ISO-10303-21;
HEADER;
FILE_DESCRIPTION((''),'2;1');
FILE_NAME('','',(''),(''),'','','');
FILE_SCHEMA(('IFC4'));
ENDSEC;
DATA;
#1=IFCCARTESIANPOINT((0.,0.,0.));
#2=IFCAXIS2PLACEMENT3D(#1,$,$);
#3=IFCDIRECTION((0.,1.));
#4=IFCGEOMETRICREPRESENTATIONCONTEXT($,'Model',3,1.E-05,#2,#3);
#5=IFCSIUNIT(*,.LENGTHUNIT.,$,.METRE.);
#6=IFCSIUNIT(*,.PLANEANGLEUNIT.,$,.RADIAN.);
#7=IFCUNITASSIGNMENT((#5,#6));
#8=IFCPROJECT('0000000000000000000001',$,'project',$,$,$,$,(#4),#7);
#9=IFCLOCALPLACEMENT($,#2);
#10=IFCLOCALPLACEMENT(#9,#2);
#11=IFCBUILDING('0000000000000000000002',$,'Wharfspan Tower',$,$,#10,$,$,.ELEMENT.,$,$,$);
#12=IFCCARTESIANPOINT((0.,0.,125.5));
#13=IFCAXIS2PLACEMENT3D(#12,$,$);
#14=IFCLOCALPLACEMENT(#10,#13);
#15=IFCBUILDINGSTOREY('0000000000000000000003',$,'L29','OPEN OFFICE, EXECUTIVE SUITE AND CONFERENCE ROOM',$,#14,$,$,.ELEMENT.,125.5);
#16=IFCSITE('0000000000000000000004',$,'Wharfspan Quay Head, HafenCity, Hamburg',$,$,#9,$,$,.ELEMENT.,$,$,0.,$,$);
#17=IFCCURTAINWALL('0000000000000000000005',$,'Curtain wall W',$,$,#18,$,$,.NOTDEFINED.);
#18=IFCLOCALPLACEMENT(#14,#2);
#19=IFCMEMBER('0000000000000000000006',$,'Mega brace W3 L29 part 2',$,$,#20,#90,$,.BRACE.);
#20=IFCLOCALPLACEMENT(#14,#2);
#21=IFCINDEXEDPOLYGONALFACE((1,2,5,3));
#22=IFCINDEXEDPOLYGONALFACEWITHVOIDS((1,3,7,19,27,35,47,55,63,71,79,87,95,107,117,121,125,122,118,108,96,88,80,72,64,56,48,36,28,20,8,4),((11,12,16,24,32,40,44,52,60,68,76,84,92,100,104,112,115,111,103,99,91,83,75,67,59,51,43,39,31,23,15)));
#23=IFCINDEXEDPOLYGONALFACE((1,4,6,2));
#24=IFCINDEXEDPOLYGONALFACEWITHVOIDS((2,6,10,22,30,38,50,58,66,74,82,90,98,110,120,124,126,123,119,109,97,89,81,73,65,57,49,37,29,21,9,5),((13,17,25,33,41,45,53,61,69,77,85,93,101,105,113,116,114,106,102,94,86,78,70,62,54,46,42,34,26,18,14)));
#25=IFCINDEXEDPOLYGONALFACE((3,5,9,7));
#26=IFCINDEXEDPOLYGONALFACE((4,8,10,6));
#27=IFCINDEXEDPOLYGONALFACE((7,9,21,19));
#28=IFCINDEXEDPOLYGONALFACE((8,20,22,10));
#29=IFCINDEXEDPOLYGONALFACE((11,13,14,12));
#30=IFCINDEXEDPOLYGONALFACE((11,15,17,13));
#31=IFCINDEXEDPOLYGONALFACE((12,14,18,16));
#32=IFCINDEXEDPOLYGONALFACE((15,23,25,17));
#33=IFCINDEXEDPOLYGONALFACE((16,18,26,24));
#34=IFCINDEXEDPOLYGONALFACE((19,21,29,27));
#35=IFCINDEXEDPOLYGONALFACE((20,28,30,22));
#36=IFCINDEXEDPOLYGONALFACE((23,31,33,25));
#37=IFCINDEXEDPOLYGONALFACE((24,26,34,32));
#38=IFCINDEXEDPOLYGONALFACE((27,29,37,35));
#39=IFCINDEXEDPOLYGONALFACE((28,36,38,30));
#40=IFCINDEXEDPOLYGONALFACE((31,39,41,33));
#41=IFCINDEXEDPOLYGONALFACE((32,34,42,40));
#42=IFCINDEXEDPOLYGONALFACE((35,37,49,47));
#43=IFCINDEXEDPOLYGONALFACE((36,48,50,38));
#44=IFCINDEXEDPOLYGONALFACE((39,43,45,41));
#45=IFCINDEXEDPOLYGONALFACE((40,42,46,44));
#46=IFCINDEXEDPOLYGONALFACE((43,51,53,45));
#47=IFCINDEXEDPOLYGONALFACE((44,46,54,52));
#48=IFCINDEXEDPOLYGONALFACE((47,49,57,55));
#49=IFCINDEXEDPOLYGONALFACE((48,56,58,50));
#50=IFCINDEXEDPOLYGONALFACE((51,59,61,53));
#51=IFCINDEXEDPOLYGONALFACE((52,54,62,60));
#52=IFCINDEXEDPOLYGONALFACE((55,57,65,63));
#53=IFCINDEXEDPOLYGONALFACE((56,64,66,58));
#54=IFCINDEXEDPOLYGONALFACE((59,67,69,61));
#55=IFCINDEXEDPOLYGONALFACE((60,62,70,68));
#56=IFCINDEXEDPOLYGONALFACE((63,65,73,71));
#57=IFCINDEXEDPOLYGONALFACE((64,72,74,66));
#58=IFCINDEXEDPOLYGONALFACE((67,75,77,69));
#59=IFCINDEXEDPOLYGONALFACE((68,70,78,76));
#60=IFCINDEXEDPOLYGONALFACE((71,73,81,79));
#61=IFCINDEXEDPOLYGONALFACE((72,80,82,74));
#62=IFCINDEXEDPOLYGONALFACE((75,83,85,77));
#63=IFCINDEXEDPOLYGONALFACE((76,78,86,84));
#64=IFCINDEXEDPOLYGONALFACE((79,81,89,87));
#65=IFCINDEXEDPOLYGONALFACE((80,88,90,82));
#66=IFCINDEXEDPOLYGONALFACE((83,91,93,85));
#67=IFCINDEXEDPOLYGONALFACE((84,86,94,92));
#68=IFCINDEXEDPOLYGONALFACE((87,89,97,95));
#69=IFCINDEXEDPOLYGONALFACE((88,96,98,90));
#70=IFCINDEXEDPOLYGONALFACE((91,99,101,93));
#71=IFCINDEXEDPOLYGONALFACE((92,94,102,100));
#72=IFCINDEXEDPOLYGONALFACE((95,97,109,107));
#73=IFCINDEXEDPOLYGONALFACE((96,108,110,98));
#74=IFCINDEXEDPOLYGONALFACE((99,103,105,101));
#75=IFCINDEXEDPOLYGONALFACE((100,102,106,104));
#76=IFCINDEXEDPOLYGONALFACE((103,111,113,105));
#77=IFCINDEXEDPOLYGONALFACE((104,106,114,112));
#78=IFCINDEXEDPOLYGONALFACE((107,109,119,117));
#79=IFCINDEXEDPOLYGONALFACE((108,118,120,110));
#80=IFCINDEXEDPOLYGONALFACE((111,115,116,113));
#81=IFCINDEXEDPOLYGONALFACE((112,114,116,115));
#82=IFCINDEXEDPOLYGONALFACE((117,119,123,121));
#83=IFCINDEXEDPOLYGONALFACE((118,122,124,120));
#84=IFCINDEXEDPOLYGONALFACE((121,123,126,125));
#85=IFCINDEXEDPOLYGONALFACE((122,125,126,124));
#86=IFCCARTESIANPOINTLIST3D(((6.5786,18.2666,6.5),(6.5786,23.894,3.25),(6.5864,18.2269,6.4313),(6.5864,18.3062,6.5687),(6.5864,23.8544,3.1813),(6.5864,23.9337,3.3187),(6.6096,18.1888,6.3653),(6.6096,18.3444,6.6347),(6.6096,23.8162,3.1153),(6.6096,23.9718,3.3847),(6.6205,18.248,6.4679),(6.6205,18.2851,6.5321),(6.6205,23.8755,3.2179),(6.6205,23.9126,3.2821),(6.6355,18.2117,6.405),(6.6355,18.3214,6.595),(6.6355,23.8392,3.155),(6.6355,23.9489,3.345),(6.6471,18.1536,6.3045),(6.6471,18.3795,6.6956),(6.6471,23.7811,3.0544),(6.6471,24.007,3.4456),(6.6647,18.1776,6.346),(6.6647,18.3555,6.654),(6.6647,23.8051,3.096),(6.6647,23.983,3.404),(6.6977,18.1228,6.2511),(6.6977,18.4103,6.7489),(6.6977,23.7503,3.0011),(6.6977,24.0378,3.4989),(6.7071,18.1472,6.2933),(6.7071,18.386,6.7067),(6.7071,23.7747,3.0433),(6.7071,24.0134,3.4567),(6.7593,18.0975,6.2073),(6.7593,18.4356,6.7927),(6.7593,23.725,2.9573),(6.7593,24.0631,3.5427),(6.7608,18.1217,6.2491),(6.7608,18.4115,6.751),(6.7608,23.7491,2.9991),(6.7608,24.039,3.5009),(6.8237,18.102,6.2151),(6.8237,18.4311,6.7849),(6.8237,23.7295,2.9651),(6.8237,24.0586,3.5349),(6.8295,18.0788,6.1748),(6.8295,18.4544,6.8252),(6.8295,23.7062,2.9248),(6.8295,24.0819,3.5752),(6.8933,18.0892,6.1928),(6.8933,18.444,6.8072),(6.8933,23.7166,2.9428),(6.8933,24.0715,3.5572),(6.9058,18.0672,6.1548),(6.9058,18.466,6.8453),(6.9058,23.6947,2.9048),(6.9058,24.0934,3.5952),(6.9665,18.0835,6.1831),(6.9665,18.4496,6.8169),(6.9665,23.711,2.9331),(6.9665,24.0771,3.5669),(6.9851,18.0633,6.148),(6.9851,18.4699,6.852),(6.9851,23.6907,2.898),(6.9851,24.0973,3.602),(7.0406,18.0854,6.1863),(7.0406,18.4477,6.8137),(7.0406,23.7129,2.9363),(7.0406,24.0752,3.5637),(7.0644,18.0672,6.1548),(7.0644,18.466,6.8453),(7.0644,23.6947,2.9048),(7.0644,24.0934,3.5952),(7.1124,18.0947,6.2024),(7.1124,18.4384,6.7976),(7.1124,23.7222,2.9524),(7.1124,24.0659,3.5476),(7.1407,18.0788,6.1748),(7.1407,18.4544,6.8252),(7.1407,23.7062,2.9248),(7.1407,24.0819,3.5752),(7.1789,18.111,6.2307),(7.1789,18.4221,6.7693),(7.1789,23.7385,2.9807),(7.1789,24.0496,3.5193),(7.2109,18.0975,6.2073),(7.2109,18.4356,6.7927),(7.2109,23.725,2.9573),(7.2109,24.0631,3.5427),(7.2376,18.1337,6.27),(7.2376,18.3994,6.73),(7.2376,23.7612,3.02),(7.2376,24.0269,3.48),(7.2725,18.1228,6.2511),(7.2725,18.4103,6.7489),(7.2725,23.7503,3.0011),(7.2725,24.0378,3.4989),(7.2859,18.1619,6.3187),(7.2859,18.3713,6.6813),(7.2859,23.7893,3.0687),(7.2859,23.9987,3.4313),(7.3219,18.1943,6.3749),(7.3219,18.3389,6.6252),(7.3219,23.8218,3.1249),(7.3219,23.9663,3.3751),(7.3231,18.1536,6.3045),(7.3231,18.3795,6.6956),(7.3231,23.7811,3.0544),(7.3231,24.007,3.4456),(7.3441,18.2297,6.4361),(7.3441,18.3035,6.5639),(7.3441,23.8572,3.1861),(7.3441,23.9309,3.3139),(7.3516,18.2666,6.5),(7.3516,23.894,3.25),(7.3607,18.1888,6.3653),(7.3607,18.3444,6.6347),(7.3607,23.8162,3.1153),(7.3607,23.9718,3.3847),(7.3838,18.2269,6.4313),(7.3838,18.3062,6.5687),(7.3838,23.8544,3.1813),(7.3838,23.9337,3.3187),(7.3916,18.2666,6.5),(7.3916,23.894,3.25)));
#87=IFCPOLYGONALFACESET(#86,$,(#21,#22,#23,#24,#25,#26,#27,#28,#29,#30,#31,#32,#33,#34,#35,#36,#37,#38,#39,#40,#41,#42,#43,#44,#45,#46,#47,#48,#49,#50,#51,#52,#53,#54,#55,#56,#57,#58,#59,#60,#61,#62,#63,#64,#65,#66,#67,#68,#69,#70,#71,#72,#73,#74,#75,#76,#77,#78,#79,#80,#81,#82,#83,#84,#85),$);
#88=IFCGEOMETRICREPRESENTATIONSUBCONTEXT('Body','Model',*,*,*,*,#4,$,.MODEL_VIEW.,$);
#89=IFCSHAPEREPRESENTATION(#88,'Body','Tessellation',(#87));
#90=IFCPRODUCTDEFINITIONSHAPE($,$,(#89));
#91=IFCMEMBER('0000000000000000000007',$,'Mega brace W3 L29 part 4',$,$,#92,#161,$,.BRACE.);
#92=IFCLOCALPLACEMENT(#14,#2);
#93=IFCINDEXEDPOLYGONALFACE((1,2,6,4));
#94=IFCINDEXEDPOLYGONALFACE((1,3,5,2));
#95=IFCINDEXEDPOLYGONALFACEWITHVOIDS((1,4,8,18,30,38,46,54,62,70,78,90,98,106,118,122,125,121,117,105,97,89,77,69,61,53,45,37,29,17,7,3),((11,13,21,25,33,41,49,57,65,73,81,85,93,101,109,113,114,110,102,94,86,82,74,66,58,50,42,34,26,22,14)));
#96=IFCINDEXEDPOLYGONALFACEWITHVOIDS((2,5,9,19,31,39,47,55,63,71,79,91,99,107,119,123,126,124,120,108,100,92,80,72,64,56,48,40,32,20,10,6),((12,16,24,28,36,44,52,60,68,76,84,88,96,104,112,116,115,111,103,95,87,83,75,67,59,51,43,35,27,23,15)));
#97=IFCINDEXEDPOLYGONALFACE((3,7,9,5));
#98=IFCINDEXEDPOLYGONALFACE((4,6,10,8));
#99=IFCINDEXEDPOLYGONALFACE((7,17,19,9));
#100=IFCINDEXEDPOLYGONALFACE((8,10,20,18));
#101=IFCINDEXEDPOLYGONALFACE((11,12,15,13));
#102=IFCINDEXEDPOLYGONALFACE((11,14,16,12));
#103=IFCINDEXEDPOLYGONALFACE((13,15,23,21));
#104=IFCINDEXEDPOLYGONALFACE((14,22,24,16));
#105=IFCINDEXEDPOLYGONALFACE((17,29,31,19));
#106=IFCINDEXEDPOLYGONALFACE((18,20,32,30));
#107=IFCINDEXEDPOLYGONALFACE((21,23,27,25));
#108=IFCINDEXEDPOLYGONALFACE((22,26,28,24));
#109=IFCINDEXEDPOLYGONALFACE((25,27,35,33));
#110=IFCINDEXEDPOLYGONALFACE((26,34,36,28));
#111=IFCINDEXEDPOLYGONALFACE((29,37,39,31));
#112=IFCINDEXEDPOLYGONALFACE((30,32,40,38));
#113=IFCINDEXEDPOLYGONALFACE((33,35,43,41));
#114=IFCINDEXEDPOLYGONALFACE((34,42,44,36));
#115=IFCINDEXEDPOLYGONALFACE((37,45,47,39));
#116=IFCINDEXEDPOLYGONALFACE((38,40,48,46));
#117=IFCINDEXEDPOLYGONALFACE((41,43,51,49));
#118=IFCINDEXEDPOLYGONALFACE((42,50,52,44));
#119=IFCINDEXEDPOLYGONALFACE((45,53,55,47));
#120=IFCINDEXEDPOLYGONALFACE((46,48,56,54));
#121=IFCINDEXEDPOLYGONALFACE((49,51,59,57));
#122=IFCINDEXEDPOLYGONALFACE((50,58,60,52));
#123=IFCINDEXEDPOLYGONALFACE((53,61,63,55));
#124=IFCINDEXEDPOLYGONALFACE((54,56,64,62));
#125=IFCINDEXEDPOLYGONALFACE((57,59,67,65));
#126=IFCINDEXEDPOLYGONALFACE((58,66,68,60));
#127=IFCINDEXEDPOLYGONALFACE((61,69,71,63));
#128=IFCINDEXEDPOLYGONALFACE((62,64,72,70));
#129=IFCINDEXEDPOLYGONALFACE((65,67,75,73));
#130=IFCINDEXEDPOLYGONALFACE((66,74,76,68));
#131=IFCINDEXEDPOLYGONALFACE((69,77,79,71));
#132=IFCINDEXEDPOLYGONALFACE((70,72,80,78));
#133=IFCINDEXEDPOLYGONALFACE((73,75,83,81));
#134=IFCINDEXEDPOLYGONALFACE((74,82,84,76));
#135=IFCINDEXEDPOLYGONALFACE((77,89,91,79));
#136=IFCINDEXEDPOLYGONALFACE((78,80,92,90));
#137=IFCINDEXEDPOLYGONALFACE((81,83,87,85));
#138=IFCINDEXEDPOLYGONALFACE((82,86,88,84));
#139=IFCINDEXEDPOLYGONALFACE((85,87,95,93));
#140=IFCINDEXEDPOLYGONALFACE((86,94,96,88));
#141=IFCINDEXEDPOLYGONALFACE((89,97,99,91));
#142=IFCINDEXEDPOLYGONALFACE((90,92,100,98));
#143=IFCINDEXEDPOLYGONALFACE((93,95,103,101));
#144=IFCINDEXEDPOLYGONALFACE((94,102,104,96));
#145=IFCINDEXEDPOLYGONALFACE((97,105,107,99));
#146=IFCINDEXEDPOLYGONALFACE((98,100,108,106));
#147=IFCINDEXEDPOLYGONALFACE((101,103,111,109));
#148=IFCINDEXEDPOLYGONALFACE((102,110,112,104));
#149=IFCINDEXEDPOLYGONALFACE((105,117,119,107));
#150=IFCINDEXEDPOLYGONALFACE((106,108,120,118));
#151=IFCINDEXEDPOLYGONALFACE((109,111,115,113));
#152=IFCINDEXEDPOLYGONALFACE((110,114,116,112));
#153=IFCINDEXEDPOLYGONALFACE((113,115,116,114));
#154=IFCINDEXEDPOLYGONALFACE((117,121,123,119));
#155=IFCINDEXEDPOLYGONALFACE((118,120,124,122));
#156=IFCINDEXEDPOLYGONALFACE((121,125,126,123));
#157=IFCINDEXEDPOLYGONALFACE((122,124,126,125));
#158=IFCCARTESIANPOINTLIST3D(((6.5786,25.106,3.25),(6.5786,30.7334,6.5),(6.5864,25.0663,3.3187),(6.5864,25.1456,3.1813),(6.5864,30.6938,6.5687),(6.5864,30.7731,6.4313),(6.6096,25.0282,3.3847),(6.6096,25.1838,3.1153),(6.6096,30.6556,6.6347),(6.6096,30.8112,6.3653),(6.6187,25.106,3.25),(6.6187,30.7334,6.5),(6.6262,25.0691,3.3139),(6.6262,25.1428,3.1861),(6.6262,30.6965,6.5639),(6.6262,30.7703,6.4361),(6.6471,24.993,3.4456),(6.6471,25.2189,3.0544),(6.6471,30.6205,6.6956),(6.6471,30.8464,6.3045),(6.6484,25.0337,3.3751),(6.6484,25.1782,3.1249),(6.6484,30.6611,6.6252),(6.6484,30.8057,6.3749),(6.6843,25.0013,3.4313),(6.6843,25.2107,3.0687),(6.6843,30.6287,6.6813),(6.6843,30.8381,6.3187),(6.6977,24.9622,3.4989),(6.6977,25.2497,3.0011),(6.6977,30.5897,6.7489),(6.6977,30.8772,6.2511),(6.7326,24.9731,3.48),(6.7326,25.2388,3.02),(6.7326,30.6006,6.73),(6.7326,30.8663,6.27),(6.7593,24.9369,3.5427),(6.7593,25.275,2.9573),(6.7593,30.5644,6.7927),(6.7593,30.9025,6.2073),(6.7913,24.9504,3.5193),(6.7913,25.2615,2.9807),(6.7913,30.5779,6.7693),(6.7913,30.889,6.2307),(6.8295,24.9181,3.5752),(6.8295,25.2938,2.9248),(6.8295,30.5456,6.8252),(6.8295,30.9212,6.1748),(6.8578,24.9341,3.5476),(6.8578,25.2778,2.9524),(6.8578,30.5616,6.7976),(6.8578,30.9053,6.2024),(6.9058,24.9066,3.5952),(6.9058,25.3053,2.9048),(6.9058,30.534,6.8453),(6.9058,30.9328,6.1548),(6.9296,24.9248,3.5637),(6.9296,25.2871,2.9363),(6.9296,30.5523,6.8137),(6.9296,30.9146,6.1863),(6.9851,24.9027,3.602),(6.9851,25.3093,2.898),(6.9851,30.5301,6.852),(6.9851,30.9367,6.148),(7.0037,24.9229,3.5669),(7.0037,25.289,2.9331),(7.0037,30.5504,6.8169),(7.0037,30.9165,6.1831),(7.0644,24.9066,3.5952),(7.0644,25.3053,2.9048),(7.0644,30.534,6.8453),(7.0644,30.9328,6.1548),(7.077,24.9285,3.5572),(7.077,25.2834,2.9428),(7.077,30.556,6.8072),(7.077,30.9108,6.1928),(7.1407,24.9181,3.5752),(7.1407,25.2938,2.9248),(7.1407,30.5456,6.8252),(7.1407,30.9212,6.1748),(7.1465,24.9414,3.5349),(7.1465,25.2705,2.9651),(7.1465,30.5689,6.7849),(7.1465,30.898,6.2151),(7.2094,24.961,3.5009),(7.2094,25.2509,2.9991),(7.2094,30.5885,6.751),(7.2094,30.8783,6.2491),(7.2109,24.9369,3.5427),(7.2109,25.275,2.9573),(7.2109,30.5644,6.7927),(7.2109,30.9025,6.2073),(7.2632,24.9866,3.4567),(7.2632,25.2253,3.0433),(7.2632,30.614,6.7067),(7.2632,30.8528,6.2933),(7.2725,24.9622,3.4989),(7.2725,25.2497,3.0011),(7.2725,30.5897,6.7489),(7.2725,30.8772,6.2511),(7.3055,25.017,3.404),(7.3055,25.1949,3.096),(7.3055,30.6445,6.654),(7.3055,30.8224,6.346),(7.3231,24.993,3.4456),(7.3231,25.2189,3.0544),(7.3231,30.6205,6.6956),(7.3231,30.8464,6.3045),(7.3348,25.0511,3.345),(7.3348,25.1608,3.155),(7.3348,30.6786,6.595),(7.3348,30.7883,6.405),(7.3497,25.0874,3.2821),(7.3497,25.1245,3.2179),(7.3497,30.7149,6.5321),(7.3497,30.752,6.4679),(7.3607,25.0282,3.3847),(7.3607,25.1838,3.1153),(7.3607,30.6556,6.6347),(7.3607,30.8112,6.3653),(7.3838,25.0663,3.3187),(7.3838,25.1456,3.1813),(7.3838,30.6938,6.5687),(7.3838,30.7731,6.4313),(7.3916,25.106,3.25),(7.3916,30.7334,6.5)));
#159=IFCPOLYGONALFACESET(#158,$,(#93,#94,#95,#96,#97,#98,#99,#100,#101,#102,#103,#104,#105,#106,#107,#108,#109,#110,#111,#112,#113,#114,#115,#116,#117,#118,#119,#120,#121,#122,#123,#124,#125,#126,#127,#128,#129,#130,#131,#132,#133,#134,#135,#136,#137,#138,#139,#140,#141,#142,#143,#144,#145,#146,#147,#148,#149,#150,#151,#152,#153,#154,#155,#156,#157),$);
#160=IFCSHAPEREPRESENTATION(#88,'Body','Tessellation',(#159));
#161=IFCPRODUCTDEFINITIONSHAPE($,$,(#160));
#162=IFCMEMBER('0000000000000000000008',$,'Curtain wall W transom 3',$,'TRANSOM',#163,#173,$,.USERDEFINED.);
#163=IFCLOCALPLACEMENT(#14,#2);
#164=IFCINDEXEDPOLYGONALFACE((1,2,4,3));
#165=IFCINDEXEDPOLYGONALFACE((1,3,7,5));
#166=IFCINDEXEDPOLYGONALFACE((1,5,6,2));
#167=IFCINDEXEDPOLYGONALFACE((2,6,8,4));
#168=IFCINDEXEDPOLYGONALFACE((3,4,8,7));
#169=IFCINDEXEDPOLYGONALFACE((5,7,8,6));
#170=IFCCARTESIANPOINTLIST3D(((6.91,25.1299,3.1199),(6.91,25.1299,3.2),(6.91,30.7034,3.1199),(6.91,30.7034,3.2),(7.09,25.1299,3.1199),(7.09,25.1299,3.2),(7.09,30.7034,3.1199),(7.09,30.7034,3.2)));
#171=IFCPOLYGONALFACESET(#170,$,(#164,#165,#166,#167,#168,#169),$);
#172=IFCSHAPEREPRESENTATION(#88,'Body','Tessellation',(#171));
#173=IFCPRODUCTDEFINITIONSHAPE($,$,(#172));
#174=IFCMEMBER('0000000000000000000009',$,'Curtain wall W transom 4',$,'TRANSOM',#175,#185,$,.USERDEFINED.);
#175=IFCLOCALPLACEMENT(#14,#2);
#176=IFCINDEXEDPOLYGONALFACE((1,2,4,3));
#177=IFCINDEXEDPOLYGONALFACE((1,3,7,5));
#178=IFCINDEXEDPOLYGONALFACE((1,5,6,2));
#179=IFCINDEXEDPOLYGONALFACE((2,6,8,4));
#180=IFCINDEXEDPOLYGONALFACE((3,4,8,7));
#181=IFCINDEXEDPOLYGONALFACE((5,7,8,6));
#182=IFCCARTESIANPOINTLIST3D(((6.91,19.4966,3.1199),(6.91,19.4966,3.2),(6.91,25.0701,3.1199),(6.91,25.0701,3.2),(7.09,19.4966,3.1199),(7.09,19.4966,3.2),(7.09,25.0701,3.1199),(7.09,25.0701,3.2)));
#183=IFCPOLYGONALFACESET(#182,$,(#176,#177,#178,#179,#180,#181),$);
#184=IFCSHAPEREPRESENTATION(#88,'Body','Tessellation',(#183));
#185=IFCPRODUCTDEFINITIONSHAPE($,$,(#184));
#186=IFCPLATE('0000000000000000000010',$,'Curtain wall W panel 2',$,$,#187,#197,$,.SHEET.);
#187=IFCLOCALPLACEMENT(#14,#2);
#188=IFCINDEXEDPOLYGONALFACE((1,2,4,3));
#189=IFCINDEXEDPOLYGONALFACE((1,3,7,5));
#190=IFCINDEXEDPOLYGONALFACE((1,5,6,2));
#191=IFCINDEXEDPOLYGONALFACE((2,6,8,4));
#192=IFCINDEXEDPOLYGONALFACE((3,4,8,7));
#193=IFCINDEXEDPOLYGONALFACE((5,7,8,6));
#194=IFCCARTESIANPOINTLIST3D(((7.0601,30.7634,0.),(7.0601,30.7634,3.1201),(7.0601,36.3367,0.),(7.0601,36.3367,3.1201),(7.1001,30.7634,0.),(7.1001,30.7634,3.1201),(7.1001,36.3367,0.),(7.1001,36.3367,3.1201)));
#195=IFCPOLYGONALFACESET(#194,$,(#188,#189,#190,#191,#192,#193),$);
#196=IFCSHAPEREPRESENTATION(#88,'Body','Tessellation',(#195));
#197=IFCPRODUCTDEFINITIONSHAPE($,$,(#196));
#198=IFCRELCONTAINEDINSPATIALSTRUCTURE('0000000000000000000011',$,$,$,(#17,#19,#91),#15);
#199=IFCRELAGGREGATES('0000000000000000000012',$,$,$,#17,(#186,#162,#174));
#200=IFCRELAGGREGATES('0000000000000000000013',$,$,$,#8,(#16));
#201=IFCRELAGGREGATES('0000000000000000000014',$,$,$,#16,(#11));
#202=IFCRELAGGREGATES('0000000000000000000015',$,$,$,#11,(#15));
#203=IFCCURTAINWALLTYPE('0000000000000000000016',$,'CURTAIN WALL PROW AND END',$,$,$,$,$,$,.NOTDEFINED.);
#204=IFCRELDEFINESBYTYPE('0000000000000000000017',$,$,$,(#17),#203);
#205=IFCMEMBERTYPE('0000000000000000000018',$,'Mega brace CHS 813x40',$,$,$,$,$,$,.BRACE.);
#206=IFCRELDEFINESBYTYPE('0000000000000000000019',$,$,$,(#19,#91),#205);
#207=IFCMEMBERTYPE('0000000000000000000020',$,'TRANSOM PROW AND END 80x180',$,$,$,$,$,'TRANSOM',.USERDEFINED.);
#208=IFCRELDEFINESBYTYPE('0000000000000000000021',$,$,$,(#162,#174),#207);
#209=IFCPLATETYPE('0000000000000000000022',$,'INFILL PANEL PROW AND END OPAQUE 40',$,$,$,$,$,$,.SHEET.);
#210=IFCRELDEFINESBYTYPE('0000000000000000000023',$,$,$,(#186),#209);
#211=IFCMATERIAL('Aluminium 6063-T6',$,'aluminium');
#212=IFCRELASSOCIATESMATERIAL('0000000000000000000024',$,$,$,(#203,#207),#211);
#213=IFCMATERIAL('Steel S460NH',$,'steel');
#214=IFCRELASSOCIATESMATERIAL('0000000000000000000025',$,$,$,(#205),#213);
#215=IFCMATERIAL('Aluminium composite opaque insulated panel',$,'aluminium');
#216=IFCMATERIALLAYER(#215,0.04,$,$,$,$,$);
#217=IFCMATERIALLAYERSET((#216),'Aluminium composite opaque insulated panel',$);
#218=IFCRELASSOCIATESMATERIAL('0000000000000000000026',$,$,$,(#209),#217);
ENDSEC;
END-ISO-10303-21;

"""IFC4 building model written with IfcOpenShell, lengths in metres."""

from ifc_helpers import new_model, si_unit, direction, frame, origin, origin_2d, place, context, subcontext, project, spatial, rectangle, hollow_circle, extrude, material, layer, layer_set, material_profile, profile_set, type_object, element, aggregate, save


model = new_model("IFC4")

# Units and contexts
model_context = context("Model", 3, precision=1e-05, world=origin(), true_north=direction((0.0, 1.0)))
body_context = subcontext(model_context, "Body", "Model", "MODEL_VIEW")
ifc_project = project(units=[si_unit("LENGTHUNIT", "METRE"), si_unit("PLANEANGLEUNIT", "RADIAN")], contexts=[model_context])

# Site, building, storey
site_placement = place(None, origin())
site = spatial("IfcSite", under=ifc_project, at=site_placement, Name="Wharfspan Quay Head, HafenCity, Hamburg", CompositionType="ELEMENT", RefElevation=0.0)
building_placement = place(site_placement, origin())
building = spatial("IfcBuilding", under=site, at=building_placement, Name="Wharfspan Tower", CompositionType="ELEMENT")
storey_placement = place(building_placement, frame((0.0, 0.0, 125.5)))
storey = spatial("IfcBuildingStorey", under=building, at=storey_placement, Name="L29", Description="OPEN OFFICE, EXECUTIVE SUITE AND CONFERENCE ROOM", CompositionType="ELEMENT", Elevation=125.5)

# Curtain wall
ifc_material_1 = material(Name="Aluminium 6063-T6", Category="aluminium")
curtain_wall_type = type_object("IfcCurtainWallType", Name="CURTAIN WALL PROW AND END", PredefinedType="NOTDEFINED", material=ifc_material_1)
curtain_wall_placement = place(storey_placement, origin())
curtain_wall = element("IfcCurtainWall", 1, at=curtain_wall_placement, inside=storey, type_object=curtain_wall_type, Name="Curtain wall W", PredefinedType="NOTDEFINED")

# Members
ifc_material_2 = material(Name="Steel S460NH", Category="steel")
ifc_material_profile_1 = material_profile(ifc_material_2, hollow_circle(Radius=0.4065, WallThickness=0.04, at=origin_2d()))
ifc_profile_set_1 = profile_set([ifc_material_profile_1], Name="Steel S460NH")
member_type_1 = type_object("IfcMemberType", Name="Mega brace CHS 813x40", PredefinedType="BRACE", material=ifc_profile_set_1)
for number, where, z_axis, x_axis, name in (
    (2, (6.9851, 23.894, 3.25), (0.0, -0.865959, 0.500115), (1.0, 0.0, 0.0), "Mega brace W3 L29 part 2"),
    (3, (6.9851, 25.106, 3.25), (0.0, 0.865959, 0.500115), (-1.0, 0.0, 0.0), "Mega brace W3 L29 part 4"),
):
    element("IfcMember", number, at=place(storey_placement, frame(where, z_axis=z_axis, x_axis=x_axis)), inside=storey, type_object=member_type_1, Name=name, PredefinedType="BRACE", context=body_context, shape_type="SweptSolid", body=[
        extrude(hollow_circle(Radius=0.4065, WallThickness=0.04, at=origin_2d()), origin(), (0.0, 0.0, 1.0), 6.4985),
    ])

# Members
ifc_material_profile_2 = material_profile(ifc_material_1, rectangle(XDim=0.1799, YDim=0.0801, at=origin_2d()))
ifc_profile_set_2 = profile_set([ifc_material_profile_2], Name="Aluminium 6063-T6")
member_type_2 = type_object("IfcMemberType", Name="TRANSOM PROW AND END 80x180", ElementType="TRANSOM", PredefinedType="USERDEFINED", material=ifc_profile_set_2)
member_1_placement = place(storey_placement, frame((7.0, 30.7034, 3.1599), z_axis=(0.0, -1.0, 0.0), x_axis=(1.0, 0.0, 0.0)))
member_1 = element("IfcMember", 4, at=member_1_placement, type_object=member_type_2, Name="Curtain wall W transom 3", ObjectType="TRANSOM", PredefinedType="USERDEFINED", context=body_context, shape_type="SweptSolid", body=[
    extrude(rectangle(XDim=0.1799, YDim=0.0801, at=origin_2d()), origin(), (0.0, 0.0, 1.0), 5.5735),
])
member_2_placement = place(storey_placement, frame((7.0, 25.0701, 3.1599), z_axis=(0.0, -1.0, 0.0), x_axis=(1.0, 0.0, 0.0)))
member_2 = element("IfcMember", 5, at=member_2_placement, type_object=member_type_2, Name="Curtain wall W transom 4", ObjectType="TRANSOM", PredefinedType="USERDEFINED", context=body_context, shape_type="SweptSolid", body=[
    extrude(rectangle(XDim=0.1799, YDim=0.0801, at=origin_2d()), origin(), (0.0, 0.0, 1.0), 5.5735),
])

# Plate
ifc_material_3 = material(Name="Aluminium composite opaque insulated panel", Category="aluminium")
ifc_layer_1 = layer(ifc_material_3, 0.04)
ifc_layer_set_1 = layer_set([ifc_layer_1], Name="Aluminium composite opaque insulated panel")
plate_type = type_object("IfcPlateType", Name="INFILL PANEL PROW AND END OPAQUE 40", PredefinedType="SHEET", material=ifc_layer_set_1)
plate_1_placement = place(storey_placement, frame((7.0801, 33.55, 0.0), z_axis=(0.0, 0.0, 1.0), x_axis=(0.0, -1.0, 0.0)))
plate_1 = element("IfcPlate", 6, at=plate_1_placement, type_object=plate_type, Name="Curtain wall W panel 2", PredefinedType="SHEET", context=body_context, shape_type="SweptSolid", body=[
    extrude(rectangle(XDim=5.5732, YDim=0.04, at=origin_2d()), origin(), (0.0, 0.0, 1.0), 3.1201),
])
aggregate(curtain_wall, [plate_1, member_1, member_2])

save(model, "model.ifc")
